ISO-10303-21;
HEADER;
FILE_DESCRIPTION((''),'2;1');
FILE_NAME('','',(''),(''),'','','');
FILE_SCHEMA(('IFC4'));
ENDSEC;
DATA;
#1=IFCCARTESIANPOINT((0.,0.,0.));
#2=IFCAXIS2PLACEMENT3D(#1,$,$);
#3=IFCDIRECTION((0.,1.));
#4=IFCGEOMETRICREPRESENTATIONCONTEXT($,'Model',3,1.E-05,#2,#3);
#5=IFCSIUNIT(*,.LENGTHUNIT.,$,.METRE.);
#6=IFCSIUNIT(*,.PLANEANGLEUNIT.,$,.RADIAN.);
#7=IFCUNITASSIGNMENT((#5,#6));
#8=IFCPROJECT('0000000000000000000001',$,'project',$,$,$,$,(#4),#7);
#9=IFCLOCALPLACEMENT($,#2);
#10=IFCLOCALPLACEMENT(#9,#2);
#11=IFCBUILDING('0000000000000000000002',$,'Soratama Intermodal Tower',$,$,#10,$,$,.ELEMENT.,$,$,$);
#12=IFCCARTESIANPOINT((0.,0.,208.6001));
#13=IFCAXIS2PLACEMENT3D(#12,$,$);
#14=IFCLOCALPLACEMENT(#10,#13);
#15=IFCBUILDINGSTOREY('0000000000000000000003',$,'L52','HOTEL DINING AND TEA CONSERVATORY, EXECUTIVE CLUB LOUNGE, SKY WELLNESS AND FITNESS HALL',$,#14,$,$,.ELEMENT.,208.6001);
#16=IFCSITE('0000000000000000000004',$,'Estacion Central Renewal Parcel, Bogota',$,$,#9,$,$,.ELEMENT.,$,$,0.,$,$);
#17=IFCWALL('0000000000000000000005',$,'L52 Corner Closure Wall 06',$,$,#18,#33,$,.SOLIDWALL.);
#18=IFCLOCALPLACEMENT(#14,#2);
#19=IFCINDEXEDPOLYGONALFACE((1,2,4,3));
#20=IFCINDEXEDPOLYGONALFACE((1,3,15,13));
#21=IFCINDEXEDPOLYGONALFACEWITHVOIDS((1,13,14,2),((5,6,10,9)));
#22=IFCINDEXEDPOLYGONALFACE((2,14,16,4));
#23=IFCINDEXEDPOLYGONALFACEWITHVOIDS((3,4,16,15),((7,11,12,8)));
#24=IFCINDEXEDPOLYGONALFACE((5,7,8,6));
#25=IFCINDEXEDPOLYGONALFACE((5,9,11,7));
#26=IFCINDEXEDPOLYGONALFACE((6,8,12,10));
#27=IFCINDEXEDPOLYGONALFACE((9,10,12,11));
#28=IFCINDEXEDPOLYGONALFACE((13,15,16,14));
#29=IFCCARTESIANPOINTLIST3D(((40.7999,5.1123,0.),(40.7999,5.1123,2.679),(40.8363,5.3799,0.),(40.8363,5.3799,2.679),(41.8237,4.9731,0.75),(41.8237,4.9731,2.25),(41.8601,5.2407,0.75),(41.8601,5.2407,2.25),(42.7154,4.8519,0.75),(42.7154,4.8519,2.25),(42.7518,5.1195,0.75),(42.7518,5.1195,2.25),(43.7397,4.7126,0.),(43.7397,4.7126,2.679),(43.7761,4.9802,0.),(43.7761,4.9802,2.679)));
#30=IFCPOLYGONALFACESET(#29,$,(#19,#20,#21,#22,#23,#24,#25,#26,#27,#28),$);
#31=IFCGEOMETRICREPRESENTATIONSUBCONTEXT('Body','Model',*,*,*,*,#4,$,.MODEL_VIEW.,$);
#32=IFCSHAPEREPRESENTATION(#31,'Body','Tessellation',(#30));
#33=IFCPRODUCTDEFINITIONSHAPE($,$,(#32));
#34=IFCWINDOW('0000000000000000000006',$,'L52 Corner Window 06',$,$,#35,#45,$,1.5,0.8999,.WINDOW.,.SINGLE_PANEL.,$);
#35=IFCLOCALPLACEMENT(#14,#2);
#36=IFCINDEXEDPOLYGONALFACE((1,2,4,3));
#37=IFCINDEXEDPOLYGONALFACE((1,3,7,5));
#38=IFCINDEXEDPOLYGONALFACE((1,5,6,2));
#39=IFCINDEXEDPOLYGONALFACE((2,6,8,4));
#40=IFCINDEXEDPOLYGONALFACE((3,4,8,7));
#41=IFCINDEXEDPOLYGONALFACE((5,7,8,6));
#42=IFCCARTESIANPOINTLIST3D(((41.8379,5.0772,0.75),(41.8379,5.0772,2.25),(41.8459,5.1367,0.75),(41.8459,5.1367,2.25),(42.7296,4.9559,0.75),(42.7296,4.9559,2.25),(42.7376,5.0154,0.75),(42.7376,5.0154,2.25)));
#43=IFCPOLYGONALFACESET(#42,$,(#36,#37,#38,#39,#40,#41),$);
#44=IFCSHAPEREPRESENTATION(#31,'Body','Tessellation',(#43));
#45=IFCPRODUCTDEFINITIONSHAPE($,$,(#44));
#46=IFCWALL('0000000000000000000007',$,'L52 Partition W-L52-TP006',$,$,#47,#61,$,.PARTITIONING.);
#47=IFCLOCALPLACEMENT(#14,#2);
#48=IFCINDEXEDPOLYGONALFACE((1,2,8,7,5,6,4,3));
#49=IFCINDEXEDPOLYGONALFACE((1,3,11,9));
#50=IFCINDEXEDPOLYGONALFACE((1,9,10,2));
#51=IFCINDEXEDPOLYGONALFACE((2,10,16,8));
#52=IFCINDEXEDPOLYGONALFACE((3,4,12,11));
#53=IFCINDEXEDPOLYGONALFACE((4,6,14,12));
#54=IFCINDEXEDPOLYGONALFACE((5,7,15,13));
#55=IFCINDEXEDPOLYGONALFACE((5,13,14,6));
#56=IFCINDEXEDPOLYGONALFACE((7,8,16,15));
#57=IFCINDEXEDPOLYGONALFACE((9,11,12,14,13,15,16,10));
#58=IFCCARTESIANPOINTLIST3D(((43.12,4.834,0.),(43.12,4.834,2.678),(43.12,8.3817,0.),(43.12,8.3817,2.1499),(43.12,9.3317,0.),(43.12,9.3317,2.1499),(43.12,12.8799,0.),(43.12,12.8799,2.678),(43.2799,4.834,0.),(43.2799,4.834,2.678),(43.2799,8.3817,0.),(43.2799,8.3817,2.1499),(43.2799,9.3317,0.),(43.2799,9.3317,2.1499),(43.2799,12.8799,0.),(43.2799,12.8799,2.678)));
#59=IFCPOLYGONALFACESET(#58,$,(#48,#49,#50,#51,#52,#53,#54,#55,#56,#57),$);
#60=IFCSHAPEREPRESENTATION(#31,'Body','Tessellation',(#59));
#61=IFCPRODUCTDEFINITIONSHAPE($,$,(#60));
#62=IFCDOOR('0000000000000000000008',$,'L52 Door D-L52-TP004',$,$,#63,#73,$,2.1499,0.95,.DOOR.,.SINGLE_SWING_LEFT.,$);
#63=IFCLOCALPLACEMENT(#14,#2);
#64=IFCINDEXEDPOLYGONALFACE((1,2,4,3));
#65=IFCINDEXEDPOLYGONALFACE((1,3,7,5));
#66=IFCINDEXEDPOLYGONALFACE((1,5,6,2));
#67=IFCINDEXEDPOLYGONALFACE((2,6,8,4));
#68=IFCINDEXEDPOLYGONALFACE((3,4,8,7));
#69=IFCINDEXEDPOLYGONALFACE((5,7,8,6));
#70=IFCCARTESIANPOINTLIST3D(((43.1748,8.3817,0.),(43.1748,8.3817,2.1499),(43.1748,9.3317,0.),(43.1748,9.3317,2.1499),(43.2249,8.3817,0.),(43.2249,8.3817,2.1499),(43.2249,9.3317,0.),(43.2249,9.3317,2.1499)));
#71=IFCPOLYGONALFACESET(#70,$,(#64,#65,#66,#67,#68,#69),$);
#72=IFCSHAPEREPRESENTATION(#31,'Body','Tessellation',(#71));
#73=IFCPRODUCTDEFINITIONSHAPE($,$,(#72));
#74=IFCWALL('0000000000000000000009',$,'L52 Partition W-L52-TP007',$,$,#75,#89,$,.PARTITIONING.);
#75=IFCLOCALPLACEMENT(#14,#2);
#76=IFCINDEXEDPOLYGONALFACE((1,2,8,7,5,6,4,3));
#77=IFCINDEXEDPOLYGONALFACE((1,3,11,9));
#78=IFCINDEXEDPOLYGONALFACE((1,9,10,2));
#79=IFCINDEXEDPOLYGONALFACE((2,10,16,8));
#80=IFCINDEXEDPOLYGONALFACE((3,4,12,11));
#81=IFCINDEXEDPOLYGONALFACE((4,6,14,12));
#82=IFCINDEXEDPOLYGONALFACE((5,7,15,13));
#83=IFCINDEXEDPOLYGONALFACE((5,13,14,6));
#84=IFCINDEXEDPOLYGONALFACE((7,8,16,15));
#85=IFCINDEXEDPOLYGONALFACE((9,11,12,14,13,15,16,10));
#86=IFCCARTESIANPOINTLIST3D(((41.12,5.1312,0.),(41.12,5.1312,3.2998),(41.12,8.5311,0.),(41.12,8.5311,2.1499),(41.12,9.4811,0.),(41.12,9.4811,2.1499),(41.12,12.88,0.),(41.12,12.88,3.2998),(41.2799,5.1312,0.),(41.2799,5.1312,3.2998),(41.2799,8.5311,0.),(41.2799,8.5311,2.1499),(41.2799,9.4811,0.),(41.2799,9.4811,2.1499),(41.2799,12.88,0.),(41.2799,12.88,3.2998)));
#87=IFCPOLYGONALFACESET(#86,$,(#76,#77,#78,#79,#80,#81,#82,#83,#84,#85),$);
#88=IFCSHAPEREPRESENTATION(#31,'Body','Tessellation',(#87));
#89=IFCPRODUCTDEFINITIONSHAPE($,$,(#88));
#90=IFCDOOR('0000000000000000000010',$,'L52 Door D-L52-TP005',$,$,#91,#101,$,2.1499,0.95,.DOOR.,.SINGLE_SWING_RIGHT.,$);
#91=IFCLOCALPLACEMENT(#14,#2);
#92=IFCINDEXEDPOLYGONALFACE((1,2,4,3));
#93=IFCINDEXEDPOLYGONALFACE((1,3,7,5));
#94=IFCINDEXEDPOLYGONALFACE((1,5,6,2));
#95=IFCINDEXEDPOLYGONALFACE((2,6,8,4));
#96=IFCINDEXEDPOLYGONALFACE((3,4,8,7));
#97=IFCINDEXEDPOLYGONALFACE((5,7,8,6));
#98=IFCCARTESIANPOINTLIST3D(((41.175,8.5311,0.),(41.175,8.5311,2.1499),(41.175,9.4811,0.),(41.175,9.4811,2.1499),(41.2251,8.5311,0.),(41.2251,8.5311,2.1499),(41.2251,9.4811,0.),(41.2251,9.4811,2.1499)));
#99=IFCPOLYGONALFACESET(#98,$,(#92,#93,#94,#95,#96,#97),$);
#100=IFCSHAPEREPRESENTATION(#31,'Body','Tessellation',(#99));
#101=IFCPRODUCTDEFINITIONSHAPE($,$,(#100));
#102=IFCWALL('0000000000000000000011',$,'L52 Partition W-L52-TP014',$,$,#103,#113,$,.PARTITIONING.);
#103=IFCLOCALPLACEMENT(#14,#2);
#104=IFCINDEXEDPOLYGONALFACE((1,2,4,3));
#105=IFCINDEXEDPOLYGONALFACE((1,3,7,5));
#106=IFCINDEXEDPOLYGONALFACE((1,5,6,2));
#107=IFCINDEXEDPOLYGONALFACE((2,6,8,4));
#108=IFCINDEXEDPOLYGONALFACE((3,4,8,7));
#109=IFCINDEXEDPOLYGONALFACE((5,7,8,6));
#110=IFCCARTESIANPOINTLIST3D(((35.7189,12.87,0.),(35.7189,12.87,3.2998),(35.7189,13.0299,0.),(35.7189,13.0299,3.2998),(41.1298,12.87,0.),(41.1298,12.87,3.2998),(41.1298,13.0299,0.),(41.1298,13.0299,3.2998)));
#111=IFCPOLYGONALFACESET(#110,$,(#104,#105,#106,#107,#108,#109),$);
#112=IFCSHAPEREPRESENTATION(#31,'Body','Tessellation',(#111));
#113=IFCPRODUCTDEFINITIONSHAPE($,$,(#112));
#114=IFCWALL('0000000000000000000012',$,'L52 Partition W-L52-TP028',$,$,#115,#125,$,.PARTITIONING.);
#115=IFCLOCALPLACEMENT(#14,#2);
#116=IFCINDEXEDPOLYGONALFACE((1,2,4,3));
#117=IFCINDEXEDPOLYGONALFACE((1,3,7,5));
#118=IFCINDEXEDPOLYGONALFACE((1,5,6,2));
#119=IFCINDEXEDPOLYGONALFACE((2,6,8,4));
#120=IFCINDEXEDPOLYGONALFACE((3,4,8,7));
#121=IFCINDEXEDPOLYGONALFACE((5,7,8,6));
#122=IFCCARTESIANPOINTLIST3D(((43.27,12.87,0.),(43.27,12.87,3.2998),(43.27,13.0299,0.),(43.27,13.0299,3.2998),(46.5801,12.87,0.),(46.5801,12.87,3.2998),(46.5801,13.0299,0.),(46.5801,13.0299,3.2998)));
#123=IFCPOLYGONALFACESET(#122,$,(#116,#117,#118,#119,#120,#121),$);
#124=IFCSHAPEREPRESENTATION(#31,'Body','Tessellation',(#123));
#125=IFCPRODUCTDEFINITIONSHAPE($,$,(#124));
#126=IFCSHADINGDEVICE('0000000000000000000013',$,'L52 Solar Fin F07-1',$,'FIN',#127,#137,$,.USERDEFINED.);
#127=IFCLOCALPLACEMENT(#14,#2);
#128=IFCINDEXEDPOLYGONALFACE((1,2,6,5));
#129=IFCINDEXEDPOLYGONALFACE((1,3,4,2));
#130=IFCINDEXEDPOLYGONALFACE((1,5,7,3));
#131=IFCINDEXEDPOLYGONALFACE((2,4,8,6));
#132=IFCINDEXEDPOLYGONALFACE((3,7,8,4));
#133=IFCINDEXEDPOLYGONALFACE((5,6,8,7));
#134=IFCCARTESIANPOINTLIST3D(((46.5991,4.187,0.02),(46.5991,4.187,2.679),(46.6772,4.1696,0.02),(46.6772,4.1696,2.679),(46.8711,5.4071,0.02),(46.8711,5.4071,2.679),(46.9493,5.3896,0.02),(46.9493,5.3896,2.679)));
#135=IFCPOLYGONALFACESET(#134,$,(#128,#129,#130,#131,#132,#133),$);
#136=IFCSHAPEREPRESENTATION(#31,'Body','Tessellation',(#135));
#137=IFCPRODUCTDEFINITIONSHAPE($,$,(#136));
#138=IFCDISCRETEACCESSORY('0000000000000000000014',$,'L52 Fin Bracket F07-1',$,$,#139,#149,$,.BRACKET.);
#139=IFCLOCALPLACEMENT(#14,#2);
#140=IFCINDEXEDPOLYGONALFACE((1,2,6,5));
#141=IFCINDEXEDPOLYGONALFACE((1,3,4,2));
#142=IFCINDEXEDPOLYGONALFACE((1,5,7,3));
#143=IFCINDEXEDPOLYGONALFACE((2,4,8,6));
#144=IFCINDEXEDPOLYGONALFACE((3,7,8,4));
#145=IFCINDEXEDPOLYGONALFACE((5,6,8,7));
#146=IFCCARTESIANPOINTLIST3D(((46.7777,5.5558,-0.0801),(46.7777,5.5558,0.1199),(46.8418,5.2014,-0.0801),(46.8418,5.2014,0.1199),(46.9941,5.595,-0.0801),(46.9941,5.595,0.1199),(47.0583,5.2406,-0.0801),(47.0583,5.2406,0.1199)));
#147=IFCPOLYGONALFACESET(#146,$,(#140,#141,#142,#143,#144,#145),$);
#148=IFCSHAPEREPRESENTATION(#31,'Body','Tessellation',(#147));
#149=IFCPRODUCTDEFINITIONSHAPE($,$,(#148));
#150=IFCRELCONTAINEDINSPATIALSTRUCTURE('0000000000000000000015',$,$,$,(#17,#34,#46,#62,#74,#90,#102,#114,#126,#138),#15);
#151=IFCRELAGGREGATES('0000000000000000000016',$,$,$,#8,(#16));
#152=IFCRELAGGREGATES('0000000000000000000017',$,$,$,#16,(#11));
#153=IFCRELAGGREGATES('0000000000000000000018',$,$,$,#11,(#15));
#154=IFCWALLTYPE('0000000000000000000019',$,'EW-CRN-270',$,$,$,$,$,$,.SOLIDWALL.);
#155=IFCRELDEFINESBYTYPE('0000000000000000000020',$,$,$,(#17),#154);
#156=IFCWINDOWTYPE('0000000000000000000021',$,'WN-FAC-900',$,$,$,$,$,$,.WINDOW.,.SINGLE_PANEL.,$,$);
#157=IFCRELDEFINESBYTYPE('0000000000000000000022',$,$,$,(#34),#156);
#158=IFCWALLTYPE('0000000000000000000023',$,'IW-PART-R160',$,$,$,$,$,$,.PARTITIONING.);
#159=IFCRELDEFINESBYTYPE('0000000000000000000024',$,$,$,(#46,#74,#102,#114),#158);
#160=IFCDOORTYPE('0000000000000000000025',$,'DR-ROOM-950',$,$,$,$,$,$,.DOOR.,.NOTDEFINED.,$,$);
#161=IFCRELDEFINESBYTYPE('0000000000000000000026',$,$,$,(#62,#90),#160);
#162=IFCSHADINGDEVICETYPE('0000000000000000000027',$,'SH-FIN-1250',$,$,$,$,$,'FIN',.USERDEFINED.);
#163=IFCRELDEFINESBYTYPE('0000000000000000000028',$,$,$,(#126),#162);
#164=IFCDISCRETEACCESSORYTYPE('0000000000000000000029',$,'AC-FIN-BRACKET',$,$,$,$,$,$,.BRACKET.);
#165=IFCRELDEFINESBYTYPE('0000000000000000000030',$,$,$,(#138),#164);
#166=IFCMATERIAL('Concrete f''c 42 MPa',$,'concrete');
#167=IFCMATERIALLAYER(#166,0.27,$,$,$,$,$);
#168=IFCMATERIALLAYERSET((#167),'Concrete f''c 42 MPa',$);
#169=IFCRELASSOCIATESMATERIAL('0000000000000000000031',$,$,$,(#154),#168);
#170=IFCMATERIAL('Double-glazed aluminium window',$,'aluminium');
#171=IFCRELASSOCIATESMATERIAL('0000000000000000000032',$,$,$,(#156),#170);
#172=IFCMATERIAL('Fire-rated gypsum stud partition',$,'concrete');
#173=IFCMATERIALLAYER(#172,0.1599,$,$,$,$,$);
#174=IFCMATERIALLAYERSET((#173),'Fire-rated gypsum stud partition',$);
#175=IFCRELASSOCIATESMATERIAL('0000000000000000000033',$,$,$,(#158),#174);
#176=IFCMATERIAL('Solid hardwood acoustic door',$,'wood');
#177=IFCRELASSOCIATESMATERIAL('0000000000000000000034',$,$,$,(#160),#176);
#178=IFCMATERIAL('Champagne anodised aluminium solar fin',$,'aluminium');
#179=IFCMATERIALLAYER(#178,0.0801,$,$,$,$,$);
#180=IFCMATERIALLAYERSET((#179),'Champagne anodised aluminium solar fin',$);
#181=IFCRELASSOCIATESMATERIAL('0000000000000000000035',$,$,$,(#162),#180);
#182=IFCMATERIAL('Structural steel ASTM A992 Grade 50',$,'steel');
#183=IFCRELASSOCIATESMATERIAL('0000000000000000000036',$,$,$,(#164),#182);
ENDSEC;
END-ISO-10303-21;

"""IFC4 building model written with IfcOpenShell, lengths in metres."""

from ifc_helpers import new_model, si_unit, direction, frame, frame_2d, origin, origin_2d, place, context, subcontext, project, spatial, rectangle, extrude, material, layer, layer_set, type_object, element, fill, save


model = new_model("IFC4")

# Units and contexts
model_context = context("Model", 3, precision=1e-05, world=origin(), true_north=direction((0.0, 1.0)))
body_context = subcontext(model_context, "Body", "Model", "MODEL_VIEW")
ifc_project = project(units=[si_unit("LENGTHUNIT", "METRE"), si_unit("PLANEANGLEUNIT", "RADIAN")], contexts=[model_context])

# Site, building, storey
site_placement = place(None, origin())
site = spatial("IfcSite", under=ifc_project, at=site_placement, Name="Estacion Central Renewal Parcel, Bogota", CompositionType="ELEMENT", RefElevation=0.0)
building_placement = place(site_placement, origin())
building = spatial("IfcBuilding", under=site, at=building_placement, Name="Soratama Intermodal Tower", CompositionType="ELEMENT")
storey_placement = place(building_placement, frame((0.0, 0.0, 208.6001)))
storey = spatial("IfcBuildingStorey", under=building, at=storey_placement, Name="L52", Description="HOTEL DINING AND TEA CONSERVATORY, EXECUTIVE CLUB LOUNGE, SKY WELLNESS AND FITNESS HALL", CompositionType="ELEMENT", Elevation=208.6001)

# Wall, opening, window
ifc_material_1 = material(Name="Concrete f'c 42 MPa", Category="concrete")
ifc_layer_1 = layer(ifc_material_1, 0.27)
ifc_layer_set_1 = layer_set([ifc_layer_1], Name="Concrete f'c 42 MPa")
wall_type_1 = type_object("IfcWallType", Name="EW-CRN-270", PredefinedType="SOLIDWALL", material=ifc_layer_set_1)
wall_1_placement = place(storey_placement, frame((40.8181, 5.2461, 0.0), z_axis=(0.0, 0.0, 1.0), x_axis=(0.990885, -0.134713, 0.0)))
wall_1 = element("IfcWall", 1, at=wall_1_placement, inside=storey, type_object=wall_type_1, Name="L52 Corner Closure Wall 06", PredefinedType="SOLIDWALL", context=body_context, shape_type="SweptSolid", body=[
    extrude(rectangle(XDim=2.9668, YDim=0.27, at=frame_2d((1.4834, 0.0))), origin(), (0.0, 0.0, 1.0), 2.679),
])
opening_1_placement = place(wall_1_placement, frame((1.0332, 0.0, 0.75)))
opening_1 = element("IfcOpeningElement", 2, at=opening_1_placement, cuts=wall_1, PredefinedType="OPENING", context=body_context, shape_type="SweptSolid", body=[
    extrude(rectangle(XDim=0.8999, YDim=1.5, at=frame_2d((0.45, 0.75))), frame((0.0, 0.145, 0.0), z_axis=(0.0, -1.0, 0.0), x_axis=(1.0, 0.0, 0.0)), (0.0, 0.0, 1.0), 0.29),
])
ifc_material_2 = material(Name="Double-glazed aluminium window", Category="aluminium")
window_type = type_object("IfcWindowType", Name="WN-FAC-900", PartitioningType="SINGLE_PANEL", PredefinedType="WINDOW", material=ifc_material_2)
window_placement = place(opening_1_placement, origin())
window = element("IfcWindow", 3, at=window_placement, inside=storey, type_object=window_type, Name="L52 Corner Window 06", OverallHeight=1.5, OverallWidth=0.8999, PartitioningType="SINGLE_PANEL", PredefinedType="WINDOW", context=body_context, shape_type="SweptSolid", body=[
    extrude(rectangle(XDim=0.8999, YDim=1.5, at=frame_2d((0.45, 0.75))), frame((0.0, 0.03, 0.0), z_axis=(0.0, -1.0, 0.0), x_axis=(1.0, 0.0, 0.0)), (0.0, 0.0, 1.0), 0.0601),
])
fill(opening_1, window)

# Walls, openings, doors
ifc_material_3 = material(Name="Fire-rated gypsum stud partition", Category="concrete")
ifc_layer_2 = layer(ifc_material_3, 0.1599)
ifc_layer_set_2 = layer_set([ifc_layer_2], Name="Fire-rated gypsum stud partition")
wall_type_2 = type_object("IfcWallType", Name="IW-PART-R160", PredefinedType="PARTITIONING", material=ifc_layer_set_2)
wall_2_placement = place(storey_placement, frame((43.2, 12.8799, 0.0), z_axis=(0.0, 0.0, 1.0), x_axis=(0.0, -1.0, 0.0)))
wall_2 = element("IfcWall", 4, at=wall_2_placement, inside=storey, type_object=wall_type_2, Name="L52 Partition W-L52-TP006", PredefinedType="PARTITIONING", context=body_context, shape_type="SweptSolid", body=[
    extrude(rectangle(XDim=8.0459, YDim=0.1599, at=frame_2d((4.0229, 0.0))), origin(), (0.0, 0.0, 1.0), 2.678),
])
opening_2_placement = place(wall_2_placement, frame((3.5481, 0.0, 0.0)))
opening_2 = element("IfcOpeningElement", 5, at=opening_2_placement, cuts=wall_2, PredefinedType="OPENING", context=body_context, shape_type="SweptSolid", body=[
    extrude(rectangle(XDim=0.95, YDim=2.1499, at=frame_2d((0.4751, 1.075))), frame((0.0, 0.0898, 0.0), z_axis=(0.0, -1.0, 0.0), x_axis=(1.0, 0.0, 0.0)), (0.0, 0.0, 1.0), 0.1799),
])
ifc_material_4 = material(Name="Solid hardwood acoustic door", Category="wood")
door_type = type_object("IfcDoorType", Name="DR-ROOM-950", OperationType="NOTDEFINED", PredefinedType="DOOR", material=ifc_material_4)
door_1_placement = place(opening_2_placement, origin())
door_1 = element("IfcDoor", 6, at=door_1_placement, inside=storey, type_object=door_type, Name="L52 Door D-L52-TP004", OperationType="SINGLE_SWING_LEFT", OverallHeight=2.1499, OverallWidth=0.95, PredefinedType="DOOR", context=body_context, shape_type="SweptSolid", body=[
    extrude(rectangle(XDim=0.95, YDim=2.1499, at=frame_2d((0.4751, 1.075))), frame((0.0, 0.0249, 0.0), z_axis=(0.0, -1.0, 0.0), x_axis=(1.0, 0.0, 0.0)), (0.0, 0.0, 1.0), 0.05),
])
fill(opening_2, door_1)
wall_3_placement = place(storey_placement, frame((41.2, 5.1311, 0.0), z_axis=(0.0, 0.0, 1.0), x_axis=(0.0, 1.0, 0.0)))
wall_3 = element("IfcWall", 7, at=wall_3_placement, inside=storey, type_object=wall_type_2, Name="L52 Partition W-L52-TP007", PredefinedType="PARTITIONING", context=body_context, shape_type="SweptSolid", body=[
    extrude(rectangle(XDim=7.7488, YDim=0.1599, at=frame_2d((3.8745, 0.0))), origin(), (0.0, 0.0, 1.0), 3.2998),
])
opening_3_placement = place(wall_3_placement, frame((3.3999, 0.0, 0.0)))
opening_3 = element("IfcOpeningElement", 8, at=opening_3_placement, cuts=wall_3, PredefinedType="OPENING", context=body_context, shape_type="SweptSolid", body=[
    extrude(rectangle(XDim=0.95, YDim=2.1499, at=frame_2d((0.4751, 1.075))), frame((0.0, 0.0898, 0.0), z_axis=(0.0, -1.0, 0.0), x_axis=(1.0, 0.0, 0.0)), (0.0, 0.0, 1.0), 0.1799),
])
door_2_placement = place(opening_3_placement, origin())
door_2 = element("IfcDoor", 9, at=door_2_placement, inside=storey, type_object=door_type, Name="L52 Door D-L52-TP005", OperationType="SINGLE_SWING_RIGHT", OverallHeight=2.1499, OverallWidth=0.95, PredefinedType="DOOR", context=body_context, shape_type="SweptSolid", body=[
    extrude(rectangle(XDim=0.95, YDim=2.1499, at=frame_2d((0.4751, 1.075))), frame((0.0, 0.0249, 0.0), z_axis=(0.0, -1.0, 0.0), x_axis=(1.0, 0.0, 0.0)), (0.0, 0.0, 1.0), 0.05),
])
fill(opening_3, door_2)

# Walls
wall_4_placement = place(storey_placement, frame((41.1299, 12.95, 0.0), z_axis=(0.0, 0.0, 1.0), x_axis=(-1.0, 0.0, 0.0)))
element("IfcWall", 10, at=wall_4_placement, inside=storey, type_object=wall_type_2, Name="L52 Partition W-L52-TP014", PredefinedType="PARTITIONING", context=body_context, shape_type="SweptSolid", body=[
    extrude(rectangle(XDim=5.4109, YDim=0.1599, at=frame_2d((2.7056, 0.0))), origin(), (0.0, 0.0, 1.0), 3.2998),
])
wall_5_placement = place(storey_placement, frame((46.5801, 12.95, 0.0), z_axis=(0.0, 0.0, 1.0), x_axis=(-1.0, 0.0, 0.0)))
element("IfcWall", 11, at=wall_5_placement, inside=storey, type_object=wall_type_2, Name="L52 Partition W-L52-TP028", PredefinedType="PARTITIONING", context=body_context, shape_type="SweptSolid", body=[
    extrude(rectangle(XDim=3.3101, YDim=0.1599, at=frame_2d((1.655, 0.0))), origin(), (0.0, 0.0, 1.0), 3.2998),
])

# Shading device
ifc_material_5 = material(Name="Champagne anodised aluminium solar fin", Category="aluminium")
ifc_layer_3 = layer(ifc_material_5, 0.0801)
ifc_layer_set_3 = layer_set([ifc_layer_3], Name="Champagne anodised aluminium solar fin")
shading_device_type = type_object("IfcShadingDeviceType", Name="SH-FIN-1250", ElementType="FIN", PredefinedType="USERDEFINED", material=ifc_layer_set_3)
shading_device_placement = place(storey_placement, frame((46.7742, 4.7883, 0.02), z_axis=(0.0, 0.0, 1.0), x_axis=(-0.217632, -0.976031, 0.0)))
element("IfcShadingDevice", 12, at=shading_device_placement, inside=storey, type_object=shading_device_type, Name="L52 Solar Fin F07-1", ObjectType="FIN", PredefinedType="USERDEFINED", context=body_context, shape_type="SweptSolid", body=[
    extrude(rectangle(XDim=1.25, YDim=0.0801, at=origin_2d()), origin(), (0.0, 0.0, 1.0), 2.6589),
])

# Discrete accessory
ifc_material_6 = material(Name="Structural steel ASTM A992 Grade 50", Category="steel")
discrete_accessory_type = type_object("IfcDiscreteAccessoryType", Name="AC-FIN-BRACKET", PredefinedType="BRACKET", material=ifc_material_6)
discrete_accessory_placement = place(storey_placement, frame((46.918, 5.3982, -0.0801), z_axis=(0.0, 0.0, 1.0), x_axis=(0.178115, -0.98401, 0.0)))
element("IfcDiscreteAccessory", 13, at=discrete_accessory_placement, inside=storey, type_object=discrete_accessory_type, Name="L52 Fin Bracket F07-1", PredefinedType="BRACKET", context=body_context, shape_type="SweptSolid", body=[
    extrude(rectangle(XDim=0.3601, YDim=0.22, at=origin_2d()), origin(), (0.0, 0.0, 1.0), 0.2),
])

save(model, "model.ifc")
